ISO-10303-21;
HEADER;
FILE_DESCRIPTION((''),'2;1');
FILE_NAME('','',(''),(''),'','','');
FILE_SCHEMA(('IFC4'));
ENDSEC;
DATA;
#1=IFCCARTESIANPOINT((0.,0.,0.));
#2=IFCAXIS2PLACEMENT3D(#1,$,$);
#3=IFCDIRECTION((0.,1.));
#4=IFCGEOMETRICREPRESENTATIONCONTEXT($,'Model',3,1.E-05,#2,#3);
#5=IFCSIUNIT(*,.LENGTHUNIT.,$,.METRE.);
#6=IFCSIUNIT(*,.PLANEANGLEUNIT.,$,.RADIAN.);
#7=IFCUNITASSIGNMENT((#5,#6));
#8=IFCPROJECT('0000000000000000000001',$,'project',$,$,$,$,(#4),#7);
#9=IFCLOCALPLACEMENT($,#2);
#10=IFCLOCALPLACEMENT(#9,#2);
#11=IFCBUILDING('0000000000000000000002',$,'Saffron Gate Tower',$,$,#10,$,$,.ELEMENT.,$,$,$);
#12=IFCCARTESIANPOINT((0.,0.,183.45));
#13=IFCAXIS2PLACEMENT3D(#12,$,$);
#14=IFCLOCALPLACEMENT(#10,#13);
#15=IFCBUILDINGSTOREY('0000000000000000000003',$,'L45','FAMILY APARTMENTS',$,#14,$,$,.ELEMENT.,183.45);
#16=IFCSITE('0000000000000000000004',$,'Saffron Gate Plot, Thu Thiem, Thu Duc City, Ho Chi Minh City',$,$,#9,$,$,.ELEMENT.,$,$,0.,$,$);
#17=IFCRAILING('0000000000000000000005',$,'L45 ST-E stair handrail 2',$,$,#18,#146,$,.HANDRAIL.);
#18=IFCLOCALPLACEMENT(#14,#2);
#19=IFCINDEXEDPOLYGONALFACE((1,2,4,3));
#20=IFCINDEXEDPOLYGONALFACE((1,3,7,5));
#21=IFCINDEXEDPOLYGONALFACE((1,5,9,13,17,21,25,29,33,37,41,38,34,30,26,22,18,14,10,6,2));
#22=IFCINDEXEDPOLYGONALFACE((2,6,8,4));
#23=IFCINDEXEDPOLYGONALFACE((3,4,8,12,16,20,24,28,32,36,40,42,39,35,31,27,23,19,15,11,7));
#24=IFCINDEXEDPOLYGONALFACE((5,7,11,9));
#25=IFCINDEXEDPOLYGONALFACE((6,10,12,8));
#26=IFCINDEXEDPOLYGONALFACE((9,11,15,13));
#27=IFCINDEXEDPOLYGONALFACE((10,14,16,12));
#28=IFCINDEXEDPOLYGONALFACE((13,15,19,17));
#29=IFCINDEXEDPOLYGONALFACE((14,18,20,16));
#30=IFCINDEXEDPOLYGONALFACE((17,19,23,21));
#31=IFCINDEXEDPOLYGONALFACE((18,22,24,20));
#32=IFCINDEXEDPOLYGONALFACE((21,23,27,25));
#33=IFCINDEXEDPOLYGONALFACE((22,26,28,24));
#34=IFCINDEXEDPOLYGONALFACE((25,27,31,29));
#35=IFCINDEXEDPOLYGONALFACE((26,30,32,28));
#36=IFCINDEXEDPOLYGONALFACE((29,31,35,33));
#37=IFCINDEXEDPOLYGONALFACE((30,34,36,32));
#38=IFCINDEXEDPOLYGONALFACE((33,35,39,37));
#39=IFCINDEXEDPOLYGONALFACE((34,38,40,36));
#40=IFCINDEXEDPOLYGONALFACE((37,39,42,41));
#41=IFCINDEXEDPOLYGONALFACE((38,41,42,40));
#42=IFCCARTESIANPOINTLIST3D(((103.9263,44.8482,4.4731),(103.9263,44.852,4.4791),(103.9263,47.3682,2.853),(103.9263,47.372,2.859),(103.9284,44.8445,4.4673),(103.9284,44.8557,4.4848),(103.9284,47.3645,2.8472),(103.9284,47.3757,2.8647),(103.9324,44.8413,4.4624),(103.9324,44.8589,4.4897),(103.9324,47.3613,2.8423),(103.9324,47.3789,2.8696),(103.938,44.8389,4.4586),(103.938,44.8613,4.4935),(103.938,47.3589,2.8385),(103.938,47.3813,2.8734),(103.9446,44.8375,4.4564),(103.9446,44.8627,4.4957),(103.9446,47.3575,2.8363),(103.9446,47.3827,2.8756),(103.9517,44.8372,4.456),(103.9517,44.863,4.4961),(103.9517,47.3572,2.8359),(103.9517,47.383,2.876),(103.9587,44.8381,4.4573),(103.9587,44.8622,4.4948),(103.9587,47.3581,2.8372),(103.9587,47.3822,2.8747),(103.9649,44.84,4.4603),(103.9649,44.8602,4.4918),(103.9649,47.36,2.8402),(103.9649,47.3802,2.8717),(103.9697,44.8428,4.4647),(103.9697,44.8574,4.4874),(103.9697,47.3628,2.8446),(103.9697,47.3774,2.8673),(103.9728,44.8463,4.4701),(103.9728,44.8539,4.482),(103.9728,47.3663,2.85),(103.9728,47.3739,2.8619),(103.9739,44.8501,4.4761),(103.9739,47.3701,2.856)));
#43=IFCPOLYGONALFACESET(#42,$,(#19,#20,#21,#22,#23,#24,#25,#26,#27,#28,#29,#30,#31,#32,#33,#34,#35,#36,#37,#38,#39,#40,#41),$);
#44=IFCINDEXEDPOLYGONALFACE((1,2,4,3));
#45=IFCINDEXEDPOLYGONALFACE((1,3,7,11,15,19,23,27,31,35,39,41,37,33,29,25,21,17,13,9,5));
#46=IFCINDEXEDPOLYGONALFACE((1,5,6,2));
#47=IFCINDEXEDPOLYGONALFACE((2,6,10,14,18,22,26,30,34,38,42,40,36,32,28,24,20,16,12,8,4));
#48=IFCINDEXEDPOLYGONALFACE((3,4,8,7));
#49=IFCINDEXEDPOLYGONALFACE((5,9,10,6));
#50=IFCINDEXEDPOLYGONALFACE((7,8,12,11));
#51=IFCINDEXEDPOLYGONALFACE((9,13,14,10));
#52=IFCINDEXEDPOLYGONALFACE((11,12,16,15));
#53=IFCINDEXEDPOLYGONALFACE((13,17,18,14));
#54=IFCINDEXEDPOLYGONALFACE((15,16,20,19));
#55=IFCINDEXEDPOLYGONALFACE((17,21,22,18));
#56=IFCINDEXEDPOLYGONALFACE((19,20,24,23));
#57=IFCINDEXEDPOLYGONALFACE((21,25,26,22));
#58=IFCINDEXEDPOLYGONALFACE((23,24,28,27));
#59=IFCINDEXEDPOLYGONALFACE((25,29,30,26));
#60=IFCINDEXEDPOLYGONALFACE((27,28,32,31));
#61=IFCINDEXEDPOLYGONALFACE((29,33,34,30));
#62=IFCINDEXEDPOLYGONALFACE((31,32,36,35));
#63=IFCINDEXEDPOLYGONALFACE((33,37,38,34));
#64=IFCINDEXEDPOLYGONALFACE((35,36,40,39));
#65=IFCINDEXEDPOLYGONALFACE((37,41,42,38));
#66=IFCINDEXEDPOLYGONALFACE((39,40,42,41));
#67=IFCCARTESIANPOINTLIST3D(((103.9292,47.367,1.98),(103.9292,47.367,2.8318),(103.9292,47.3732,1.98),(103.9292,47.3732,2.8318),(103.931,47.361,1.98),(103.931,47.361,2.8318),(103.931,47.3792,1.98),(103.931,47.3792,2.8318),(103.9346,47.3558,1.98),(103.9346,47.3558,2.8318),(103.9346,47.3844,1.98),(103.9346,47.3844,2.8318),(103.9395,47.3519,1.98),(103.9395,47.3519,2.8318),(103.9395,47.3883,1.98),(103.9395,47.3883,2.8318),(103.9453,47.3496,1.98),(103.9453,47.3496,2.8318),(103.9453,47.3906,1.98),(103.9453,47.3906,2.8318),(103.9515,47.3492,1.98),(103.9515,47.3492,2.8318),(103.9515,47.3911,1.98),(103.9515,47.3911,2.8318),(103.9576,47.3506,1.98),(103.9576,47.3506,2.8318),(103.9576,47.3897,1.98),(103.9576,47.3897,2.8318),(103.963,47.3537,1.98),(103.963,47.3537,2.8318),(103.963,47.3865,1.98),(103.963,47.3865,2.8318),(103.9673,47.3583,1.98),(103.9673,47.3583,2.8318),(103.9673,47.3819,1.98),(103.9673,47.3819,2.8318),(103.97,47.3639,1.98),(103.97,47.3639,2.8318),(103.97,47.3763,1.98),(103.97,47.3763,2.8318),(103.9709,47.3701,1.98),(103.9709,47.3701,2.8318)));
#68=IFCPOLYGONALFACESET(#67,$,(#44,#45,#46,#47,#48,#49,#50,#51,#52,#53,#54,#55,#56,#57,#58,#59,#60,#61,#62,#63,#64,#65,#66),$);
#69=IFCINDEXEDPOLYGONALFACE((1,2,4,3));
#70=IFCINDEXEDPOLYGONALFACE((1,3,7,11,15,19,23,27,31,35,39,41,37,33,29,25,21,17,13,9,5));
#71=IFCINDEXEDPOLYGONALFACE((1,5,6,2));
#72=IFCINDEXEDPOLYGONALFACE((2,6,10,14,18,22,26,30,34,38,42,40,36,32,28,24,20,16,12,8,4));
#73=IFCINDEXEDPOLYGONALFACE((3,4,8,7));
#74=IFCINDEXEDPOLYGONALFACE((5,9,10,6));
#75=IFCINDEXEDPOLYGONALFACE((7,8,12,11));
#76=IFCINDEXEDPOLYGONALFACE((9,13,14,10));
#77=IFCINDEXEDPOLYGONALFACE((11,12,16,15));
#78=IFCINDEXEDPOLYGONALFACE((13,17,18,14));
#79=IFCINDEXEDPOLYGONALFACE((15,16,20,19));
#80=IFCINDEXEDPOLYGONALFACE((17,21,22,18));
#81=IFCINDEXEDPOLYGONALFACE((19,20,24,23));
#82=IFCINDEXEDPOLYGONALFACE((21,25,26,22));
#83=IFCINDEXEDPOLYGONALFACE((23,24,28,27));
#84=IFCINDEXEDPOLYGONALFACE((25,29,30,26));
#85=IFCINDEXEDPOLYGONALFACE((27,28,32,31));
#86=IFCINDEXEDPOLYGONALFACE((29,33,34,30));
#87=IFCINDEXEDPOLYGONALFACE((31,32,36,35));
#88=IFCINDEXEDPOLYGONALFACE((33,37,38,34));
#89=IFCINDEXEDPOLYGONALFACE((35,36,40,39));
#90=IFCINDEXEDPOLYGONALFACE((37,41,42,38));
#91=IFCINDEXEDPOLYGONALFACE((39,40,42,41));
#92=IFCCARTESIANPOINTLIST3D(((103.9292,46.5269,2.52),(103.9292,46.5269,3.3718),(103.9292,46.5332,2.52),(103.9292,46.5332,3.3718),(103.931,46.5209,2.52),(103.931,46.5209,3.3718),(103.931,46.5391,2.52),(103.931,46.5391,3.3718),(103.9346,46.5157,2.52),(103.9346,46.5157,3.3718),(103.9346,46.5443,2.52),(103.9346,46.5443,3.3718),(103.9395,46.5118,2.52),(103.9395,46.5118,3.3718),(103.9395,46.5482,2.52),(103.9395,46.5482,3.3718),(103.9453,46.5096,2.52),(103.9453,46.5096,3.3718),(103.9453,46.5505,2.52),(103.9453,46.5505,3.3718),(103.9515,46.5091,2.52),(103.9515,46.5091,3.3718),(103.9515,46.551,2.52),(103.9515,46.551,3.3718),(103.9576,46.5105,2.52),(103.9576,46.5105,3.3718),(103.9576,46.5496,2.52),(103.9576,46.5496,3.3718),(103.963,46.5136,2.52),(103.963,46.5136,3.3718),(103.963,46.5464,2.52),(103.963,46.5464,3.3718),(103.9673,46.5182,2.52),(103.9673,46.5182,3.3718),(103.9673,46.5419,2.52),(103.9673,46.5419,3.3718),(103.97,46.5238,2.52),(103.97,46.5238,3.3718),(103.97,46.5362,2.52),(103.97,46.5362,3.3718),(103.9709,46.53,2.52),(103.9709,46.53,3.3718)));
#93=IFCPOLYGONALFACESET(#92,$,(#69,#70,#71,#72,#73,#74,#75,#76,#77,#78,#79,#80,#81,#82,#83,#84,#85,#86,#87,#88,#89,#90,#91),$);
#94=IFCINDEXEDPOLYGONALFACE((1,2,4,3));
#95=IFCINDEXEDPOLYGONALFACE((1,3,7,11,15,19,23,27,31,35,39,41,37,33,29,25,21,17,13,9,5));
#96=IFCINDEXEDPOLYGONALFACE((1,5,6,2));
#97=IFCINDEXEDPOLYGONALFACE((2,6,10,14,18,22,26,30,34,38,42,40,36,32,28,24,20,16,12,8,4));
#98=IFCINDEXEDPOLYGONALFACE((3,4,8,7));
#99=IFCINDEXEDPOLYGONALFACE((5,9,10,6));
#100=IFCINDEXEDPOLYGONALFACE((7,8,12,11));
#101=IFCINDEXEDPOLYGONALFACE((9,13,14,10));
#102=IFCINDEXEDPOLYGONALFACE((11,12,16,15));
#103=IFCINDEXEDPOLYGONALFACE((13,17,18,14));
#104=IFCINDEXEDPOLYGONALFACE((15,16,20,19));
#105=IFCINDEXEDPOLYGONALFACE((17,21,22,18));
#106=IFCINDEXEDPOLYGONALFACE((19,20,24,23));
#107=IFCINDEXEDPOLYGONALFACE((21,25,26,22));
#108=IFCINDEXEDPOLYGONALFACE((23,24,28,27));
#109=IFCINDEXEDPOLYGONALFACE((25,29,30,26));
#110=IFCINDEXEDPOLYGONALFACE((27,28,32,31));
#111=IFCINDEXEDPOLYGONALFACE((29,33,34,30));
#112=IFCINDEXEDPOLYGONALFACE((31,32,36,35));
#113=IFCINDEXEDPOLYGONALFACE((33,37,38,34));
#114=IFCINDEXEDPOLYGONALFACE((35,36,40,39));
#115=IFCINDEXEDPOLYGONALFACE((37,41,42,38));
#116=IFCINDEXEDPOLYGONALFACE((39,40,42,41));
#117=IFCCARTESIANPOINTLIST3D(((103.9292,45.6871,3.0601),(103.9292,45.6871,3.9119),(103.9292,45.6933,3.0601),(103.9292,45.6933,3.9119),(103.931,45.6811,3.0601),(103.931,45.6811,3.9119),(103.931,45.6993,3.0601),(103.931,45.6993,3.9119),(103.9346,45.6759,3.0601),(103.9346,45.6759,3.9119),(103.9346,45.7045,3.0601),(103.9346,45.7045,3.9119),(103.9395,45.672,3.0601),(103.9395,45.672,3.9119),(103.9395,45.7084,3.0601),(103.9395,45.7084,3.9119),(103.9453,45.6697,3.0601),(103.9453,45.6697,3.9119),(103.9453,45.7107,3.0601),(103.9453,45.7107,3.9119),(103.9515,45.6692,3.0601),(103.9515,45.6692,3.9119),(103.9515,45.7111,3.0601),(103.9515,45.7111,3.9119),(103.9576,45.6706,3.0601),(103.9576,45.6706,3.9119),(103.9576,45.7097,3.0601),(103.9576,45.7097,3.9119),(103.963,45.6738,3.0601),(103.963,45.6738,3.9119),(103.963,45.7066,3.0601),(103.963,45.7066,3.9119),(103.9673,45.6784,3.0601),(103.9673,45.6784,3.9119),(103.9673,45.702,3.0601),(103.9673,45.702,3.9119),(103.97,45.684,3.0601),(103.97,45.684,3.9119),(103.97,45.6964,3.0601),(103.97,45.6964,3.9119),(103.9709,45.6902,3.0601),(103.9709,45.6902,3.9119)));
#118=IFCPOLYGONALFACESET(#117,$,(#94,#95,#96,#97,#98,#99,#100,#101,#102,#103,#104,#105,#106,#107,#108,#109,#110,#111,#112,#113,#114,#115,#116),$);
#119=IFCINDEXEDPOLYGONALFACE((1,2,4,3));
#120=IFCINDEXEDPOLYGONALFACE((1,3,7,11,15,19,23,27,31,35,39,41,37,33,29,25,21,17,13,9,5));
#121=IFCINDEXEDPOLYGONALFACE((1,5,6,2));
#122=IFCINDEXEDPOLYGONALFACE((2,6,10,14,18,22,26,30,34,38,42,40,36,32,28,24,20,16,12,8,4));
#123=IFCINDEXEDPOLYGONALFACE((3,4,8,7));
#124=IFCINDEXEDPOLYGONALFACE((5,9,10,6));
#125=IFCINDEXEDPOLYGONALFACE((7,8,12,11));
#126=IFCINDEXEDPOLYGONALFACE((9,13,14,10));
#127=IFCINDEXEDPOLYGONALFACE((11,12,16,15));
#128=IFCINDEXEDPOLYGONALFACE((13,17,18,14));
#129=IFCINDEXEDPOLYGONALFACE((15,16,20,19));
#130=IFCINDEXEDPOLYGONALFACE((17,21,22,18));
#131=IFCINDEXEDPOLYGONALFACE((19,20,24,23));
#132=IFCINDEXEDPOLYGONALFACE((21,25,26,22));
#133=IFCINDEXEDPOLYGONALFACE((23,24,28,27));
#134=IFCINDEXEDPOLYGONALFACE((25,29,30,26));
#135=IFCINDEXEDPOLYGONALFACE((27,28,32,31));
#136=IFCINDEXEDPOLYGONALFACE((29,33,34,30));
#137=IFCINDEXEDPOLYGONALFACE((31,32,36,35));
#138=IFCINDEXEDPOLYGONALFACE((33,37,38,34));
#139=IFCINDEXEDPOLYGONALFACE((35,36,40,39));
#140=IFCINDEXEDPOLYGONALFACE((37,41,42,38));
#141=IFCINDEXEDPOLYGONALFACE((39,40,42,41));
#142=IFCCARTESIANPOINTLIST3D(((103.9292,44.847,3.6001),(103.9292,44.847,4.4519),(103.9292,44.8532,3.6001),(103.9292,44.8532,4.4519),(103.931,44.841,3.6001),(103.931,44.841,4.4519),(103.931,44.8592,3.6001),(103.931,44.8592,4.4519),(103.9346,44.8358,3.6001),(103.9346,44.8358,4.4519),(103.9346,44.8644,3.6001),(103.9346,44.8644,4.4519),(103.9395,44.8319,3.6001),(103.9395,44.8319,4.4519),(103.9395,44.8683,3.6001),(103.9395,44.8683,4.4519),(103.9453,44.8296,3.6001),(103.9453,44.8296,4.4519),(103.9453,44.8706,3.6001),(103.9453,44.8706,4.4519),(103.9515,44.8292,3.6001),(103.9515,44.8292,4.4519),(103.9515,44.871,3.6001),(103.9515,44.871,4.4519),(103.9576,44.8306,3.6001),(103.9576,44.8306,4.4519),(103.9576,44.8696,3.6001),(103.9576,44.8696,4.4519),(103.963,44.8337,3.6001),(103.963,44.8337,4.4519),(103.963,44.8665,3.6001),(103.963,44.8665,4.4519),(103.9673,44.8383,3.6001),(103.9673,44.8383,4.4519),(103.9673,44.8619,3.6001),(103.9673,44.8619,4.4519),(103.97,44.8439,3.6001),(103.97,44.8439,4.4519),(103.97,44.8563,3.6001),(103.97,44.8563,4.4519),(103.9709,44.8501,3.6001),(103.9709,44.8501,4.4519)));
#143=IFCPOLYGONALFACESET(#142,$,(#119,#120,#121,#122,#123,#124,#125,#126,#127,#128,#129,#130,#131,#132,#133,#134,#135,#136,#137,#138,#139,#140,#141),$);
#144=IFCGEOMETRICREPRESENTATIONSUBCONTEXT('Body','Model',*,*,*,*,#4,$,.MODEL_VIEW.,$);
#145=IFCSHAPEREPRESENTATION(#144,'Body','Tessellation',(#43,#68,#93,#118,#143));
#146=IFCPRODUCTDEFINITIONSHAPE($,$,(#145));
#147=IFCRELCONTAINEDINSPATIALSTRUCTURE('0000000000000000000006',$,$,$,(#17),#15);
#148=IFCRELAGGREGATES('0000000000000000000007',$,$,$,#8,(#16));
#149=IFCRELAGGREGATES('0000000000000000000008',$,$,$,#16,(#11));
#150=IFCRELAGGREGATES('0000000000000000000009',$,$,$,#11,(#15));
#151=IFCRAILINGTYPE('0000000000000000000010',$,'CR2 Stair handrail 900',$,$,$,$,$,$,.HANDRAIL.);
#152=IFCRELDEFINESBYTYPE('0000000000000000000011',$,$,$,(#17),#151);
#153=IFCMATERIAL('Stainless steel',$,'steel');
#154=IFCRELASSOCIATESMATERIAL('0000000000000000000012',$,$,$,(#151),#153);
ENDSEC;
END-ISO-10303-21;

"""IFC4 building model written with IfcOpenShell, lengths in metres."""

from ifc_helpers import new_model, si_unit, direction, frame, origin, origin_2d, place, context, subcontext, project, spatial, circle, extrude, material, type_object, element, save


model = new_model("IFC4")

# Units and contexts
model_context = context("Model", 3, precision=1e-05, world=origin(), true_north=direction((0.0, 1.0)))
body_context = subcontext(model_context, "Body", "Model", "MODEL_VIEW")
ifc_project = project(units=[si_unit("LENGTHUNIT", "METRE"), si_unit("PLANEANGLEUNIT", "RADIAN")], contexts=[model_context])

# Site, building, storey
site_placement = place(None, origin())
site = spatial("IfcSite", under=ifc_project, at=site_placement, Name="Saffron Gate Plot, Thu Thiem, Thu Duc City, Ho Chi Minh City", CompositionType="ELEMENT", RefElevation=0.0)
building_placement = place(site_placement, origin())
building = spatial("IfcBuilding", under=site, at=building_placement, Name="Saffron Gate Tower", CompositionType="ELEMENT")
storey_placement = place(building_placement, frame((0.0, 0.0, 183.45)))
storey = spatial("IfcBuildingStorey", under=building, at=storey_placement, Name="L45", Description="FAMILY APARTMENTS", CompositionType="ELEMENT", Elevation=183.45)

# Railing
ifc_material_1 = material(Name="Stainless steel", Category="steel")
railing_type_1 = type_object("IfcRailingType", Name="CR2 Stair handrail 900", PredefinedType="HANDRAIL", material=ifc_material_1)
railing_1_placement = place(storey_placement, frame((103.95, 47.3701, 1.98)))
element("IfcRailing", 1, at=railing_1_placement, inside=storey, type_object=railing_type_1, Name="L45 ST-E stair handrail 2", PredefinedType="HANDRAIL", context=body_context, shape_type="SweptSolid", body=[
    extrude(circle(Radius=0.0239, at=origin_2d()), frame((0.0, 0.0, 0.876), z_axis=(0.0, -0.841163, 0.540782), x_axis=(1.0, 0.0, 0.0)), (0.0, 0.0, 1.0), 2.9958),
    extrude(circle(Radius=0.021, at=origin_2d()), origin(), (0.0, 0.0, 1.0), 0.8518),
    extrude(circle(Radius=0.021, at=origin_2d()), frame((0.0, -0.8401, 0.54)), (0.0, 0.0, 1.0), 0.8518),
    extrude(circle(Radius=0.021, at=origin_2d()), frame((0.0, -1.6799, 1.0801)), (0.0, 0.0, 1.0), 0.8518),
    extrude(circle(Radius=0.021, at=origin_2d()), frame((0.0, -2.52, 1.6201)), (0.0, 0.0, 1.0), 0.8518),
])

save(model, "model.ifc")
